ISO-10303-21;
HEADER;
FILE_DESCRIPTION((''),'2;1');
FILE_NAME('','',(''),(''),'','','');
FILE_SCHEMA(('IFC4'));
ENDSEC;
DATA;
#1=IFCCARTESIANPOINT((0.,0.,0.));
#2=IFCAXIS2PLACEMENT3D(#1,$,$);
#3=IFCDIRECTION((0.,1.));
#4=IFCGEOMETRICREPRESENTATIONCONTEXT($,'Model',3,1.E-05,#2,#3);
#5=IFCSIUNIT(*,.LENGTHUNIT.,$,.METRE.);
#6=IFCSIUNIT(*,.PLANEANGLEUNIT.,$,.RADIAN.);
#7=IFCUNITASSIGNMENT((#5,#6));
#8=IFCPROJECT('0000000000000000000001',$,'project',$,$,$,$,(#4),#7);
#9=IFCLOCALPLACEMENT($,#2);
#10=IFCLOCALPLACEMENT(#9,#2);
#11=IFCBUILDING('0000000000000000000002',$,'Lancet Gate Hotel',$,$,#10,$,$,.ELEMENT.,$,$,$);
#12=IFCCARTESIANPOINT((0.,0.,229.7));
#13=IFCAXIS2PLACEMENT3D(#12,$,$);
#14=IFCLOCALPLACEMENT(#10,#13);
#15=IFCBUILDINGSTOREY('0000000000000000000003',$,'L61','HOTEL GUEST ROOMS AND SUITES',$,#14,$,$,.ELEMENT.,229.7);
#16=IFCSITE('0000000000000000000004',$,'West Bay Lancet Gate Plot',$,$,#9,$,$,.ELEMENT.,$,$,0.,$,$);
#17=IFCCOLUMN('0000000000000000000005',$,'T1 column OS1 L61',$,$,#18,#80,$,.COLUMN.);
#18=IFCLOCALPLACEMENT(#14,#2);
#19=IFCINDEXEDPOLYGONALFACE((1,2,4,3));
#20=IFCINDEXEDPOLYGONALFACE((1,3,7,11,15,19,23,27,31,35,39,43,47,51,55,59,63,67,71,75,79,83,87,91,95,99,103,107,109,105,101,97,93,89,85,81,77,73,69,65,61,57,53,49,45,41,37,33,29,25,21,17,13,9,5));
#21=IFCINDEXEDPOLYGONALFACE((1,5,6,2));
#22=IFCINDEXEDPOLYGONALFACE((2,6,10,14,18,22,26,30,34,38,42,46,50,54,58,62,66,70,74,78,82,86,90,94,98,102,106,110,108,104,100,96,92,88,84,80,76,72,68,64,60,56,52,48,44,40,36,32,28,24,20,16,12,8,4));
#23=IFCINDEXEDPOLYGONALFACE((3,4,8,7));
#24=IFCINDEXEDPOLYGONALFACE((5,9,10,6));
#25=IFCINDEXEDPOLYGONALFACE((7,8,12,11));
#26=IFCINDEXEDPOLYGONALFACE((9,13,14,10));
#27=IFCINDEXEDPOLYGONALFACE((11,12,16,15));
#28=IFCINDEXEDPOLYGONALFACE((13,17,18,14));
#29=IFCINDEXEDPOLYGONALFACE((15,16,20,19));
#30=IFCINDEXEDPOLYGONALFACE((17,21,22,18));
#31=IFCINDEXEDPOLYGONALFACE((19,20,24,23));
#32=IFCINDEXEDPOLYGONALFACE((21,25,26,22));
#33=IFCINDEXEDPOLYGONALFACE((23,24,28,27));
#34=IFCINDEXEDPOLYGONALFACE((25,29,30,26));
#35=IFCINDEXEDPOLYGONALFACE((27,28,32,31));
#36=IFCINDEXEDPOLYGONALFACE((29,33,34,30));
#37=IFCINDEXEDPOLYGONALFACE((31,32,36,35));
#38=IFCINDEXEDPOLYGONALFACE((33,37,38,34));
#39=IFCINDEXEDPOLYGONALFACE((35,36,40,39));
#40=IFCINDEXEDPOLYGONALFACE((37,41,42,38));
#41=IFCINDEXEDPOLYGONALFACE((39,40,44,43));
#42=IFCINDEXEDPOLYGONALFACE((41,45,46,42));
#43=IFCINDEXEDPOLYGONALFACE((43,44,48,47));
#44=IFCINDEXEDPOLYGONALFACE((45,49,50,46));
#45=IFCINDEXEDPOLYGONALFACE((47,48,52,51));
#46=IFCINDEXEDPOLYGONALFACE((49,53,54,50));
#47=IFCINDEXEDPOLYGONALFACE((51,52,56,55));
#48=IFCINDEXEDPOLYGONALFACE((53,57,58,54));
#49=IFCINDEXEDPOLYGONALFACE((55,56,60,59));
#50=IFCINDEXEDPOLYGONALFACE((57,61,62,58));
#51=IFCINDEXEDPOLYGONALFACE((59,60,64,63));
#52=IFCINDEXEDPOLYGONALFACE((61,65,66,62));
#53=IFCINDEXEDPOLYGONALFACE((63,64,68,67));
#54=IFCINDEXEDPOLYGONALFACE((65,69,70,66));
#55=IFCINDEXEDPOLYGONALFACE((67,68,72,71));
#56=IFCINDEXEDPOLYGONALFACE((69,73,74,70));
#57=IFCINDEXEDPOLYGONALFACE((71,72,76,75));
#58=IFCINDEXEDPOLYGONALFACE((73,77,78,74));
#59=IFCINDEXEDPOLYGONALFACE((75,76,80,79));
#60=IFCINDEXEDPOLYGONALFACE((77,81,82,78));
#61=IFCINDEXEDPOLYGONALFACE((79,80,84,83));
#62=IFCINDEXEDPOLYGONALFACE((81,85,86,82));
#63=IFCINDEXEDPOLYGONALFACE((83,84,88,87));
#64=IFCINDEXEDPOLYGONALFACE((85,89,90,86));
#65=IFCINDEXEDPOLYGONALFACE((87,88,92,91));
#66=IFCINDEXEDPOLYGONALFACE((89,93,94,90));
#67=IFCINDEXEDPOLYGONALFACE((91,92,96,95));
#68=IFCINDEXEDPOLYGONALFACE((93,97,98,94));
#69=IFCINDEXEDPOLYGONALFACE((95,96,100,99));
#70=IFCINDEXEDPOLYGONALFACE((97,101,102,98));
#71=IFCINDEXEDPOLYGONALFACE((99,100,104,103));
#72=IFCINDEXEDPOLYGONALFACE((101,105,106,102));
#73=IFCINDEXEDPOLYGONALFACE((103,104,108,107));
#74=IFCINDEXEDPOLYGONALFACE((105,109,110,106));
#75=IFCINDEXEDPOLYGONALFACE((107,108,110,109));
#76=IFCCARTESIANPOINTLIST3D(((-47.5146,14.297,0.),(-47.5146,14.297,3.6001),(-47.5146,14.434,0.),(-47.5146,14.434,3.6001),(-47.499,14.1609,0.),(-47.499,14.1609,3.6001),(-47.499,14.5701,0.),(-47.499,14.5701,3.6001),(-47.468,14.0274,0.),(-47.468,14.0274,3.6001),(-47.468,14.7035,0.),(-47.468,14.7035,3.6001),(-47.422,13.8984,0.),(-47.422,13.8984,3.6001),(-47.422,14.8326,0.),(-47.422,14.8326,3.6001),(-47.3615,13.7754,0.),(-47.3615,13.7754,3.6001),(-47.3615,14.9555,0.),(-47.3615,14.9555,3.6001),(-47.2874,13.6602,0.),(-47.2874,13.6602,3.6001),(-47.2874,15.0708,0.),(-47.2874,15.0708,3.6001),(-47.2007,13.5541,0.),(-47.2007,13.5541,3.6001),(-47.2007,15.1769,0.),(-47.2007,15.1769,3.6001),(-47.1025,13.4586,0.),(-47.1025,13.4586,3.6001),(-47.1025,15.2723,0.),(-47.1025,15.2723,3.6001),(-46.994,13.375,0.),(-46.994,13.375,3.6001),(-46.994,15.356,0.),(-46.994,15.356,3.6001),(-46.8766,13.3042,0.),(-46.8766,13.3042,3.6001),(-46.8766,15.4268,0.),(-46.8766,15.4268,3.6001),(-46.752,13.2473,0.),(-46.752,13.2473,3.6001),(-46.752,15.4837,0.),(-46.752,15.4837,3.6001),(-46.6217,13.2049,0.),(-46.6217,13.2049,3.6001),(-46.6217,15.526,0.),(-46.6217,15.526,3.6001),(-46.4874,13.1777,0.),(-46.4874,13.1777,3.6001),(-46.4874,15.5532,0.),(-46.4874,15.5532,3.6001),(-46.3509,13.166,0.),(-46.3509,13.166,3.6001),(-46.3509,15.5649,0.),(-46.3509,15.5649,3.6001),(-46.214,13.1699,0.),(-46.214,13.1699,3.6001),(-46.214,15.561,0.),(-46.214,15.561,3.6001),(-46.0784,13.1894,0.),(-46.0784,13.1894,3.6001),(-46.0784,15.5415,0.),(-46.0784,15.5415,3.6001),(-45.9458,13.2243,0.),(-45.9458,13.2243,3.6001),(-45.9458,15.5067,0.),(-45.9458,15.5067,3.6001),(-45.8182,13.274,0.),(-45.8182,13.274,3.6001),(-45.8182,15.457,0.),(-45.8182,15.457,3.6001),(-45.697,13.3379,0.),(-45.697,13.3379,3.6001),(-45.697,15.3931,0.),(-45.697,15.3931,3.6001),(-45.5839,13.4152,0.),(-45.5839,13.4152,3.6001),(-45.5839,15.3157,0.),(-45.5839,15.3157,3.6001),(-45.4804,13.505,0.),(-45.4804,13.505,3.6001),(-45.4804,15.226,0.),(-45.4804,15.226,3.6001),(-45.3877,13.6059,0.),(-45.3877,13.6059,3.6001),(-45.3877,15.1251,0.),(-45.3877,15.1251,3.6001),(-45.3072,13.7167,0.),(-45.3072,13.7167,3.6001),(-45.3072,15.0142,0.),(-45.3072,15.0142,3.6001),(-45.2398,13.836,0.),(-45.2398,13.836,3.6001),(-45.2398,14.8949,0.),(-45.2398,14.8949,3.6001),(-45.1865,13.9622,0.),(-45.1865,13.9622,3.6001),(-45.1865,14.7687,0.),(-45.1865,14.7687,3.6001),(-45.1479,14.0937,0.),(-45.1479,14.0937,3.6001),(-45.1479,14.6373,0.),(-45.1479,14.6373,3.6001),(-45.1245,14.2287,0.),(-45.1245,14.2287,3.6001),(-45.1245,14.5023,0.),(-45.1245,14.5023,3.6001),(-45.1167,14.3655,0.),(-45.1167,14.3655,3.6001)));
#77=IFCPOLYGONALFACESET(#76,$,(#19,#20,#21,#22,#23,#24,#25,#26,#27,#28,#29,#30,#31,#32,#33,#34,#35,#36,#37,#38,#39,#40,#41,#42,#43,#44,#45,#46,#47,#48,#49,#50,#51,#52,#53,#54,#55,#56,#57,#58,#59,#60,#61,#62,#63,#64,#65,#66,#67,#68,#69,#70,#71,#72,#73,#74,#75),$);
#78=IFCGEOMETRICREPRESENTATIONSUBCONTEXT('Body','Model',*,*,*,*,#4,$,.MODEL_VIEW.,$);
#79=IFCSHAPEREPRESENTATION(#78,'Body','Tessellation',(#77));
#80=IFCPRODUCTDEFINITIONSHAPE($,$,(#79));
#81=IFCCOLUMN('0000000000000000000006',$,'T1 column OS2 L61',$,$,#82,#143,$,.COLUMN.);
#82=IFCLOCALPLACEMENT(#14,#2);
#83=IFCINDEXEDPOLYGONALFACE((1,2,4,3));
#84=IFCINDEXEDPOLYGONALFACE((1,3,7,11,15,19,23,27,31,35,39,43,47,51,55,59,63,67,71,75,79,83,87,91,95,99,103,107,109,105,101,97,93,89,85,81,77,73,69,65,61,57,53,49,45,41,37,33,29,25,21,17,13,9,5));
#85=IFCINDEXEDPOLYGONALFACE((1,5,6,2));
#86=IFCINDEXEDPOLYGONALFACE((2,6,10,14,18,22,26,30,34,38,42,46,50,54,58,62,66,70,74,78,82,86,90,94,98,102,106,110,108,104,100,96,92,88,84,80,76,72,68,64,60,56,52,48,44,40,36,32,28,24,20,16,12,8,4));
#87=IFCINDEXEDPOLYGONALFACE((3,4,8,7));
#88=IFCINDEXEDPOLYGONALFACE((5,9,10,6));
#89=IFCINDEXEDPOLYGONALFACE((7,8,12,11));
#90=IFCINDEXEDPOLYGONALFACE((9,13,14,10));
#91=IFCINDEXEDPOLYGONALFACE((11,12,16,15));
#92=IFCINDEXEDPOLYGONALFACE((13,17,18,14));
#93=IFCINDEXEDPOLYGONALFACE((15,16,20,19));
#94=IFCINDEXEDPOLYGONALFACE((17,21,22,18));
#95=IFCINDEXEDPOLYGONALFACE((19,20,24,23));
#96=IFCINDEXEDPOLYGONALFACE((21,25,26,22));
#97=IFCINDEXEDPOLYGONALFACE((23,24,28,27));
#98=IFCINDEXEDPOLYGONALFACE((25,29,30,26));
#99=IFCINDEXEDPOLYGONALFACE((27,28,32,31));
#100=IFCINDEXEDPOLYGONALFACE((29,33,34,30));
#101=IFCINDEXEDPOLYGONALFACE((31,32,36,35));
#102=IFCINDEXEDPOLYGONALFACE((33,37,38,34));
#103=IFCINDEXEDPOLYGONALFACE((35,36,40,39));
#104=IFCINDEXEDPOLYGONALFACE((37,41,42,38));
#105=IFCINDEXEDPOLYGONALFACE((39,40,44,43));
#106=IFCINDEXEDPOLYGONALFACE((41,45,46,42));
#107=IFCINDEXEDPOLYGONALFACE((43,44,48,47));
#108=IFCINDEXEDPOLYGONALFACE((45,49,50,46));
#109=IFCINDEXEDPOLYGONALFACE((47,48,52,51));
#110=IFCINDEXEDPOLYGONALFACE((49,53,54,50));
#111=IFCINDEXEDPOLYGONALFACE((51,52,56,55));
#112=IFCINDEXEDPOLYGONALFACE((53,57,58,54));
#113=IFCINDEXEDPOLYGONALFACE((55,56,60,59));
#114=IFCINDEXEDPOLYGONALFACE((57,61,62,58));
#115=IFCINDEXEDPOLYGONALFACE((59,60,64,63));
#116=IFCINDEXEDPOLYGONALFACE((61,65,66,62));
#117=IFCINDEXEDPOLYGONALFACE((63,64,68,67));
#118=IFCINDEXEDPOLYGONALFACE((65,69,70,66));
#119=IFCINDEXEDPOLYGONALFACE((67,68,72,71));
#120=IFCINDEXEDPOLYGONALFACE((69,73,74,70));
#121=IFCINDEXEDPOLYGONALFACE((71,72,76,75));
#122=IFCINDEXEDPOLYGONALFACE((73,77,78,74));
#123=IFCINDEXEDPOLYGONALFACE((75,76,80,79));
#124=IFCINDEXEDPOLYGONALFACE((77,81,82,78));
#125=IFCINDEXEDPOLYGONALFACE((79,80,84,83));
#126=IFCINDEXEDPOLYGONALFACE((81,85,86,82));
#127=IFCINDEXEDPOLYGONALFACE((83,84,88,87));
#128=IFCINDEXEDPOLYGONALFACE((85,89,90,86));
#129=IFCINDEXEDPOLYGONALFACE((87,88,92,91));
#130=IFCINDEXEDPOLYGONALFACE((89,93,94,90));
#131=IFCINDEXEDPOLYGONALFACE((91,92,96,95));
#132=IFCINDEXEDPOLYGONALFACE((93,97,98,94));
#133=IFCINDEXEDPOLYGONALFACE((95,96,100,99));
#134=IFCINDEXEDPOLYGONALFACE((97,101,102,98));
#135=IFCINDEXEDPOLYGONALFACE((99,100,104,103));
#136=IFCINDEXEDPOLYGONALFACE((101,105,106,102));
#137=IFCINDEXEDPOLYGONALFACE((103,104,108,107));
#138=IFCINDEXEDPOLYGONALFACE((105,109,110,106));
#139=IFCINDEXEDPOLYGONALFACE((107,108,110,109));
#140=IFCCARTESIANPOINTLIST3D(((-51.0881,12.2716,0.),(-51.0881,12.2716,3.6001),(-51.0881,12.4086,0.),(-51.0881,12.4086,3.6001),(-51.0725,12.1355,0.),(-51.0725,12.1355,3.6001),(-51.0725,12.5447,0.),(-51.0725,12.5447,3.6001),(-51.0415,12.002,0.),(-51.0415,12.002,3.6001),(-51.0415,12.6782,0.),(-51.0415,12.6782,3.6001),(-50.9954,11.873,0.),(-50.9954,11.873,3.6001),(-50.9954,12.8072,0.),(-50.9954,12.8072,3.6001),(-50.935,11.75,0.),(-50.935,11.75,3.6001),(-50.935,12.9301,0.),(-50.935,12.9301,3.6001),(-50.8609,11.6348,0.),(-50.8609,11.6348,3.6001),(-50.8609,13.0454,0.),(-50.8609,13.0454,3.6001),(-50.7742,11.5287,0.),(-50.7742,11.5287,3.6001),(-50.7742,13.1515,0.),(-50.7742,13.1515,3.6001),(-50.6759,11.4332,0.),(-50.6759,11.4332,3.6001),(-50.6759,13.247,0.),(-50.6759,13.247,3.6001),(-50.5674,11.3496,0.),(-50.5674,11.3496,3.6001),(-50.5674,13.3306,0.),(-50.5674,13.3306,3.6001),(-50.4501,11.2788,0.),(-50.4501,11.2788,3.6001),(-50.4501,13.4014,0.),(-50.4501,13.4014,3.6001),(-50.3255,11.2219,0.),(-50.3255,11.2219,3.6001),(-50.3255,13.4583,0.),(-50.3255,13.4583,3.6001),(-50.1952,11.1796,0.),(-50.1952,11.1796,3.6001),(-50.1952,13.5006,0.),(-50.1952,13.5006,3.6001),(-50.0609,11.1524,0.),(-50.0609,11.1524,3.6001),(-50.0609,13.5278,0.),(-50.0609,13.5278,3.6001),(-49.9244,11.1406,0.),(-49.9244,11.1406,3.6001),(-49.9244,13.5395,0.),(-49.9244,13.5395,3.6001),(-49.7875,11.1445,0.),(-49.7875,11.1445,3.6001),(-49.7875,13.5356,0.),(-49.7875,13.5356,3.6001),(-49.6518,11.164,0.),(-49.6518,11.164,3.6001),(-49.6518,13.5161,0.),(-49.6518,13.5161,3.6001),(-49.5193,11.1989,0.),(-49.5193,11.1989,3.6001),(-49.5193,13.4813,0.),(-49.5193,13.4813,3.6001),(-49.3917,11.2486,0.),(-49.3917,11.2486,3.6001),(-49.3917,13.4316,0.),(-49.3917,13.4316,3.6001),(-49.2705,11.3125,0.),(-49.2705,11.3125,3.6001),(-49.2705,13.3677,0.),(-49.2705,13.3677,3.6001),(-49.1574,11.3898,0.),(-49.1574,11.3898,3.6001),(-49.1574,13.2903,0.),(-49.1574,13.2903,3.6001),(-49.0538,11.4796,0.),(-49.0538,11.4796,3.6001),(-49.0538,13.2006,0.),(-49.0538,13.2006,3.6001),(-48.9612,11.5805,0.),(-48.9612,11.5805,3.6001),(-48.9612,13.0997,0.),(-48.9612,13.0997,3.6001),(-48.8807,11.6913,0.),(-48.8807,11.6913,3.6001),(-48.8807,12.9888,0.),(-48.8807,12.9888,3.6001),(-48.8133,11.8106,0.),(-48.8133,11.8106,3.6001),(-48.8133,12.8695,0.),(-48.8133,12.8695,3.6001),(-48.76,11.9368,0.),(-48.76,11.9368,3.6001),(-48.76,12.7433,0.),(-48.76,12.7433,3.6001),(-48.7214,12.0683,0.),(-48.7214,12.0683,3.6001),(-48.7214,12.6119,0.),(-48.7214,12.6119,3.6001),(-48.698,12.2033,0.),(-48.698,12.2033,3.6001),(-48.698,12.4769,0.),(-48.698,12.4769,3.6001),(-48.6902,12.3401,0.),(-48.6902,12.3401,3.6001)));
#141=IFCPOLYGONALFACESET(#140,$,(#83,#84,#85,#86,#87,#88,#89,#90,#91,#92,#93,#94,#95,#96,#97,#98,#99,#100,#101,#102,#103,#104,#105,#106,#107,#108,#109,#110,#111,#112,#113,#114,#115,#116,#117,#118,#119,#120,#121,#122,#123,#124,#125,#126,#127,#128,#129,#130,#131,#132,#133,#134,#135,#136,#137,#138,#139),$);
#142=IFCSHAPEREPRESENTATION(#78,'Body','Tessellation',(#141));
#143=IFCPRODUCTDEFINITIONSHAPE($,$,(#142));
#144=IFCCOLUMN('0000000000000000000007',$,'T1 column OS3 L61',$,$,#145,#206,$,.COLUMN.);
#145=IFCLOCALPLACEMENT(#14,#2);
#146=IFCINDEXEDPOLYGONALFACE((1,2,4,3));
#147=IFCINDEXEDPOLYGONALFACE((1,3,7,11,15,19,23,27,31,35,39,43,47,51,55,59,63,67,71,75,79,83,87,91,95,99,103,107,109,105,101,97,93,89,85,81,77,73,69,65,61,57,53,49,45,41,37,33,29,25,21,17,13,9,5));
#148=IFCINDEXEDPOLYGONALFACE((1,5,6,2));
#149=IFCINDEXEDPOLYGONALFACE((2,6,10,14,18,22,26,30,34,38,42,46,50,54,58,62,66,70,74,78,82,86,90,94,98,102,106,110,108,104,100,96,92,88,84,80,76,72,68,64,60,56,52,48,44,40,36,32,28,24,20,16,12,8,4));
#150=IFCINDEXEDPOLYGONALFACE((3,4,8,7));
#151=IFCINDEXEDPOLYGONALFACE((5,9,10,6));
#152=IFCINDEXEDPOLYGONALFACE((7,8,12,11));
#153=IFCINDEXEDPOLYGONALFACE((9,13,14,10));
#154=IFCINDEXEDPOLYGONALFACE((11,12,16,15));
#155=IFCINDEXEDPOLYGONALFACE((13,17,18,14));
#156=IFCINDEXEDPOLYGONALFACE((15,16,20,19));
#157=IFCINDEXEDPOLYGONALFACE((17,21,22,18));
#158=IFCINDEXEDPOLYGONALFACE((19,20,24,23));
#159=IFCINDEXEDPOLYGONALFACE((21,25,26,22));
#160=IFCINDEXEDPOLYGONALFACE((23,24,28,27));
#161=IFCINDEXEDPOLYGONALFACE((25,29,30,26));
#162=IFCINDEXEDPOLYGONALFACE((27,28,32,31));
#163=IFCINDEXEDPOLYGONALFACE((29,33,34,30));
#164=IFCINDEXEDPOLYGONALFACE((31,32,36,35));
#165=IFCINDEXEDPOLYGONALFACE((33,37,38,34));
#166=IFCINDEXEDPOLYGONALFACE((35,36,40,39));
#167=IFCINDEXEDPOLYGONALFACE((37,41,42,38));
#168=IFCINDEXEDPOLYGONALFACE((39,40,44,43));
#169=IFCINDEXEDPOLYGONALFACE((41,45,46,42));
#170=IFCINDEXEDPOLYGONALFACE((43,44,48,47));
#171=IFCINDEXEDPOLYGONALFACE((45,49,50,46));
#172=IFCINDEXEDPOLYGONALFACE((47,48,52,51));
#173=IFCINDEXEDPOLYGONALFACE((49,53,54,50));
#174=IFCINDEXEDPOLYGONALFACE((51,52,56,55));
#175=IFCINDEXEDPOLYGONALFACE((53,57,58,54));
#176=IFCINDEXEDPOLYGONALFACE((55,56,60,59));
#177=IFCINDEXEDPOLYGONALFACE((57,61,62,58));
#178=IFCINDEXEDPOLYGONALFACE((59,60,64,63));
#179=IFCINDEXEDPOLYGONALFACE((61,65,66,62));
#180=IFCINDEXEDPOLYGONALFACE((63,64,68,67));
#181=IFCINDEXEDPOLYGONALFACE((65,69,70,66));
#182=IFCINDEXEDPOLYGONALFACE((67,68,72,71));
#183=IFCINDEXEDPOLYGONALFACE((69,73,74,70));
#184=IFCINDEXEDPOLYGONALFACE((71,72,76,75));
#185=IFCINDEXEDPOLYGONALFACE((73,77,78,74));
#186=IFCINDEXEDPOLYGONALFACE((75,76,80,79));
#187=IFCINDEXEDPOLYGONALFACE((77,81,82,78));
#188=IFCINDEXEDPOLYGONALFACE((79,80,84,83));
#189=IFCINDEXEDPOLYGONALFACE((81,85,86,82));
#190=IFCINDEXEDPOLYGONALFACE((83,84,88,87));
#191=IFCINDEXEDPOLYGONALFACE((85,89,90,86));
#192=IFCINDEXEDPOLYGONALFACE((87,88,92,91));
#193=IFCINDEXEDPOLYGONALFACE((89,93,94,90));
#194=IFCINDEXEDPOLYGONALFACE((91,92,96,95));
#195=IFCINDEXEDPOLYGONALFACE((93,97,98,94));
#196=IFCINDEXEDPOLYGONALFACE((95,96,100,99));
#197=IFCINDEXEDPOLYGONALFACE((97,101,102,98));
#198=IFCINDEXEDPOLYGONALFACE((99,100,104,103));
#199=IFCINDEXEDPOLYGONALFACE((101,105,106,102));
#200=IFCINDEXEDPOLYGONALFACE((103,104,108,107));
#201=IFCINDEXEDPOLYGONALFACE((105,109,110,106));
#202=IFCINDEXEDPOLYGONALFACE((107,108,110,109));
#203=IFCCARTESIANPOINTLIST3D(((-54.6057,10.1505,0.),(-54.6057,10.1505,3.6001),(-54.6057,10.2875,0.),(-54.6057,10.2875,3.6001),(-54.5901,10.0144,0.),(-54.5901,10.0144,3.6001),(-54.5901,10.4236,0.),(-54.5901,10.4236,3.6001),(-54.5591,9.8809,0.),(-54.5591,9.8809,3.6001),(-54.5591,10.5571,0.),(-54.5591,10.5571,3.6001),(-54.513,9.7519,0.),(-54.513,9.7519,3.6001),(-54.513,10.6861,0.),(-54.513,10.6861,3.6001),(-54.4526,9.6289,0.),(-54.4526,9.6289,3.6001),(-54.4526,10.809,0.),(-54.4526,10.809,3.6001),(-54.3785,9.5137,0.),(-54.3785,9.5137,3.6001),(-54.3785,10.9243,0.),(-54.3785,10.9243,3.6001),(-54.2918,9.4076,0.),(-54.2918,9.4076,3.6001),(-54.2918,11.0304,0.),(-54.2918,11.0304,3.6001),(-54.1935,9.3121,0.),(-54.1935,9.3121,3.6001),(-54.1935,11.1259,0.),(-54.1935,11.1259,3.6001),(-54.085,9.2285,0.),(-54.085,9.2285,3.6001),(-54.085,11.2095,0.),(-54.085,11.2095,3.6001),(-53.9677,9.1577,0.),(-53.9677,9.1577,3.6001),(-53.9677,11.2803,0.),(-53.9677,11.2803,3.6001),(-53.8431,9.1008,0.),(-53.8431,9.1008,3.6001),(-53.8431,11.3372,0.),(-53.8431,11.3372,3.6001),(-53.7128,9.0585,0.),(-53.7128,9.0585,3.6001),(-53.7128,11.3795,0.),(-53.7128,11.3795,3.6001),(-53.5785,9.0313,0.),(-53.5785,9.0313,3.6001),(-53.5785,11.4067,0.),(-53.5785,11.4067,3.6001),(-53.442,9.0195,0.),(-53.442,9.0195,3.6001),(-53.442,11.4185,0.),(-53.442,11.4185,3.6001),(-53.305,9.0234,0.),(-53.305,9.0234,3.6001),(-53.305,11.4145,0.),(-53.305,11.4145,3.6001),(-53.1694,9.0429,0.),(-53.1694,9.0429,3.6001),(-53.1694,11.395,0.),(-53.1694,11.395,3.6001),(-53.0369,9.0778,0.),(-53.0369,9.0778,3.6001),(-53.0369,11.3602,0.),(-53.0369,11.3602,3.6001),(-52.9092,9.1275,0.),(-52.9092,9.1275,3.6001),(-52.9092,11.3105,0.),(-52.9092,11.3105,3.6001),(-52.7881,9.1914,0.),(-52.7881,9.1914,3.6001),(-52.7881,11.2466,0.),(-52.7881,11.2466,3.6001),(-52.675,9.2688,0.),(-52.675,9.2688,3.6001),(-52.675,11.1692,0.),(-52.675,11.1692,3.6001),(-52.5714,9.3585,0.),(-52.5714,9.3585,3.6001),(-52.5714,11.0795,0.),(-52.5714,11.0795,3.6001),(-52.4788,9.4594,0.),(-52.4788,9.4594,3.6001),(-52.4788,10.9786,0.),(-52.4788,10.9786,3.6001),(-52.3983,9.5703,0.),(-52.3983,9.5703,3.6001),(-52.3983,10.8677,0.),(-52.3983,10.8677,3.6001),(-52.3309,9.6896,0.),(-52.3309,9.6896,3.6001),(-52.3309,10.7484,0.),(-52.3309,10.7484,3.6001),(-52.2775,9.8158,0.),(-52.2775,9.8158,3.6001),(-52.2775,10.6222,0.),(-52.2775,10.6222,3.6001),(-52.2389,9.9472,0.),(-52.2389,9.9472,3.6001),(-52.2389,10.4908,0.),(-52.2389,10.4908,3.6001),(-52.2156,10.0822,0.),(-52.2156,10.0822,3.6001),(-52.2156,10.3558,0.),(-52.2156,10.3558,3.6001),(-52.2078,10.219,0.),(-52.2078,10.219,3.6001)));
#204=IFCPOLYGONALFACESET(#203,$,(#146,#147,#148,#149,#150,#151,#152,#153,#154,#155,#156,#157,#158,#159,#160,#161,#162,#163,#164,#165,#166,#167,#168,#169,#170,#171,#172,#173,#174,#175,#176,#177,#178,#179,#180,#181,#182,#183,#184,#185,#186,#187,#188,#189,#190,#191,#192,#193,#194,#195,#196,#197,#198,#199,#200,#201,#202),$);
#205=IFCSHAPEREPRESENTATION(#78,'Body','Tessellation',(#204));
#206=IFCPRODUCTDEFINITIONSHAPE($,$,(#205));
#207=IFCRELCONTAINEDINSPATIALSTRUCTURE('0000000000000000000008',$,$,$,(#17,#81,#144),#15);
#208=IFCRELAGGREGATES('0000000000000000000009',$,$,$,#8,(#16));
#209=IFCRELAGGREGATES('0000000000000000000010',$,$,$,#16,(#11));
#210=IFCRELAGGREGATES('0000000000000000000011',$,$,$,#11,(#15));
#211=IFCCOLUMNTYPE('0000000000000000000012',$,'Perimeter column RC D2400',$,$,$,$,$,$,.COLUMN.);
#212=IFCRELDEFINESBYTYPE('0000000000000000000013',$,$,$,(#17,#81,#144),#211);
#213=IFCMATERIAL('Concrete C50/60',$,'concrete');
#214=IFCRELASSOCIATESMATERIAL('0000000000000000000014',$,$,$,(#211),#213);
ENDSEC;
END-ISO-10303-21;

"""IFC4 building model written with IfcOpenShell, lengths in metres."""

from ifc_helpers import new_model, si_unit, direction, frame, origin, origin_2d, place, context, subcontext, project, spatial, circle, extrude, material, material_profile, profile_set, type_object, element, save


model = new_model("IFC4")

# Units and contexts
model_context = context("Model", 3, precision=1e-05, world=origin(), true_north=direction((0.0, 1.0)))
body_context = subcontext(model_context, "Body", "Model", "MODEL_VIEW")
ifc_project = project(units=[si_unit("LENGTHUNIT", "METRE"), si_unit("PLANEANGLEUNIT", "RADIAN")], contexts=[model_context])

# Site, building, storey
site_placement = place(None, origin())
site = spatial("IfcSite", under=ifc_project, at=site_placement, Name="West Bay Lancet Gate Plot", CompositionType="ELEMENT", RefElevation=0.0)
building_placement = place(site_placement, origin())
building = spatial("IfcBuilding", under=site, at=building_placement, Name="Lancet Gate Hotel", CompositionType="ELEMENT")
storey_placement = place(building_placement, frame((0.0, 0.0, 229.7)))
storey = spatial("IfcBuildingStorey", under=building, at=storey_placement, Name="L61", Description="HOTEL GUEST ROOMS AND SUITES", CompositionType="ELEMENT", Elevation=229.7)

# Columns
ifc_material_1 = material(Name="Concrete C50/60", Category="concrete")
ifc_material_profile_1 = material_profile(ifc_material_1, circle(Radius=1.2, at=origin_2d()), Name="RC D2400")
ifc_profile_set_1 = profile_set([ifc_material_profile_1], Name="Concrete C50/60")
column_type = type_object("IfcColumnType", Name="Perimeter column RC D2400", PredefinedType="COLUMN", material=ifc_profile_set_1)
for number, where, z_axis, x_axis, name in (
    (1, (-46.3167, 14.3655, 0.0), (0.0, 0.0, 1.0), (1.0, 0.0, 0.0), "T1 column OS1 L61"),
    (2, (-49.8901, 12.3401, 0.0), (0.0, 0.0, 1.0), (1.0, 0.0, 0.0), "T1 column OS2 L61"),
    (3, (-53.4077, 10.219, 0.0), (0.0, 0.0, 1.0), (1.0, 0.0, 0.0), "T1 column OS3 L61"),
):
    element("IfcColumn", number, at=place(storey_placement, frame(where, z_axis=z_axis, x_axis=x_axis)), inside=storey, type_object=column_type, Name=name, PredefinedType="COLUMN", context=body_context, shape_type="SweptSolid", body=[
        extrude(circle(Radius=1.2, at=origin_2d()), origin(), (0.0, 0.0, 1.0), 3.6001),
    ])

save(model, "model.ifc")
